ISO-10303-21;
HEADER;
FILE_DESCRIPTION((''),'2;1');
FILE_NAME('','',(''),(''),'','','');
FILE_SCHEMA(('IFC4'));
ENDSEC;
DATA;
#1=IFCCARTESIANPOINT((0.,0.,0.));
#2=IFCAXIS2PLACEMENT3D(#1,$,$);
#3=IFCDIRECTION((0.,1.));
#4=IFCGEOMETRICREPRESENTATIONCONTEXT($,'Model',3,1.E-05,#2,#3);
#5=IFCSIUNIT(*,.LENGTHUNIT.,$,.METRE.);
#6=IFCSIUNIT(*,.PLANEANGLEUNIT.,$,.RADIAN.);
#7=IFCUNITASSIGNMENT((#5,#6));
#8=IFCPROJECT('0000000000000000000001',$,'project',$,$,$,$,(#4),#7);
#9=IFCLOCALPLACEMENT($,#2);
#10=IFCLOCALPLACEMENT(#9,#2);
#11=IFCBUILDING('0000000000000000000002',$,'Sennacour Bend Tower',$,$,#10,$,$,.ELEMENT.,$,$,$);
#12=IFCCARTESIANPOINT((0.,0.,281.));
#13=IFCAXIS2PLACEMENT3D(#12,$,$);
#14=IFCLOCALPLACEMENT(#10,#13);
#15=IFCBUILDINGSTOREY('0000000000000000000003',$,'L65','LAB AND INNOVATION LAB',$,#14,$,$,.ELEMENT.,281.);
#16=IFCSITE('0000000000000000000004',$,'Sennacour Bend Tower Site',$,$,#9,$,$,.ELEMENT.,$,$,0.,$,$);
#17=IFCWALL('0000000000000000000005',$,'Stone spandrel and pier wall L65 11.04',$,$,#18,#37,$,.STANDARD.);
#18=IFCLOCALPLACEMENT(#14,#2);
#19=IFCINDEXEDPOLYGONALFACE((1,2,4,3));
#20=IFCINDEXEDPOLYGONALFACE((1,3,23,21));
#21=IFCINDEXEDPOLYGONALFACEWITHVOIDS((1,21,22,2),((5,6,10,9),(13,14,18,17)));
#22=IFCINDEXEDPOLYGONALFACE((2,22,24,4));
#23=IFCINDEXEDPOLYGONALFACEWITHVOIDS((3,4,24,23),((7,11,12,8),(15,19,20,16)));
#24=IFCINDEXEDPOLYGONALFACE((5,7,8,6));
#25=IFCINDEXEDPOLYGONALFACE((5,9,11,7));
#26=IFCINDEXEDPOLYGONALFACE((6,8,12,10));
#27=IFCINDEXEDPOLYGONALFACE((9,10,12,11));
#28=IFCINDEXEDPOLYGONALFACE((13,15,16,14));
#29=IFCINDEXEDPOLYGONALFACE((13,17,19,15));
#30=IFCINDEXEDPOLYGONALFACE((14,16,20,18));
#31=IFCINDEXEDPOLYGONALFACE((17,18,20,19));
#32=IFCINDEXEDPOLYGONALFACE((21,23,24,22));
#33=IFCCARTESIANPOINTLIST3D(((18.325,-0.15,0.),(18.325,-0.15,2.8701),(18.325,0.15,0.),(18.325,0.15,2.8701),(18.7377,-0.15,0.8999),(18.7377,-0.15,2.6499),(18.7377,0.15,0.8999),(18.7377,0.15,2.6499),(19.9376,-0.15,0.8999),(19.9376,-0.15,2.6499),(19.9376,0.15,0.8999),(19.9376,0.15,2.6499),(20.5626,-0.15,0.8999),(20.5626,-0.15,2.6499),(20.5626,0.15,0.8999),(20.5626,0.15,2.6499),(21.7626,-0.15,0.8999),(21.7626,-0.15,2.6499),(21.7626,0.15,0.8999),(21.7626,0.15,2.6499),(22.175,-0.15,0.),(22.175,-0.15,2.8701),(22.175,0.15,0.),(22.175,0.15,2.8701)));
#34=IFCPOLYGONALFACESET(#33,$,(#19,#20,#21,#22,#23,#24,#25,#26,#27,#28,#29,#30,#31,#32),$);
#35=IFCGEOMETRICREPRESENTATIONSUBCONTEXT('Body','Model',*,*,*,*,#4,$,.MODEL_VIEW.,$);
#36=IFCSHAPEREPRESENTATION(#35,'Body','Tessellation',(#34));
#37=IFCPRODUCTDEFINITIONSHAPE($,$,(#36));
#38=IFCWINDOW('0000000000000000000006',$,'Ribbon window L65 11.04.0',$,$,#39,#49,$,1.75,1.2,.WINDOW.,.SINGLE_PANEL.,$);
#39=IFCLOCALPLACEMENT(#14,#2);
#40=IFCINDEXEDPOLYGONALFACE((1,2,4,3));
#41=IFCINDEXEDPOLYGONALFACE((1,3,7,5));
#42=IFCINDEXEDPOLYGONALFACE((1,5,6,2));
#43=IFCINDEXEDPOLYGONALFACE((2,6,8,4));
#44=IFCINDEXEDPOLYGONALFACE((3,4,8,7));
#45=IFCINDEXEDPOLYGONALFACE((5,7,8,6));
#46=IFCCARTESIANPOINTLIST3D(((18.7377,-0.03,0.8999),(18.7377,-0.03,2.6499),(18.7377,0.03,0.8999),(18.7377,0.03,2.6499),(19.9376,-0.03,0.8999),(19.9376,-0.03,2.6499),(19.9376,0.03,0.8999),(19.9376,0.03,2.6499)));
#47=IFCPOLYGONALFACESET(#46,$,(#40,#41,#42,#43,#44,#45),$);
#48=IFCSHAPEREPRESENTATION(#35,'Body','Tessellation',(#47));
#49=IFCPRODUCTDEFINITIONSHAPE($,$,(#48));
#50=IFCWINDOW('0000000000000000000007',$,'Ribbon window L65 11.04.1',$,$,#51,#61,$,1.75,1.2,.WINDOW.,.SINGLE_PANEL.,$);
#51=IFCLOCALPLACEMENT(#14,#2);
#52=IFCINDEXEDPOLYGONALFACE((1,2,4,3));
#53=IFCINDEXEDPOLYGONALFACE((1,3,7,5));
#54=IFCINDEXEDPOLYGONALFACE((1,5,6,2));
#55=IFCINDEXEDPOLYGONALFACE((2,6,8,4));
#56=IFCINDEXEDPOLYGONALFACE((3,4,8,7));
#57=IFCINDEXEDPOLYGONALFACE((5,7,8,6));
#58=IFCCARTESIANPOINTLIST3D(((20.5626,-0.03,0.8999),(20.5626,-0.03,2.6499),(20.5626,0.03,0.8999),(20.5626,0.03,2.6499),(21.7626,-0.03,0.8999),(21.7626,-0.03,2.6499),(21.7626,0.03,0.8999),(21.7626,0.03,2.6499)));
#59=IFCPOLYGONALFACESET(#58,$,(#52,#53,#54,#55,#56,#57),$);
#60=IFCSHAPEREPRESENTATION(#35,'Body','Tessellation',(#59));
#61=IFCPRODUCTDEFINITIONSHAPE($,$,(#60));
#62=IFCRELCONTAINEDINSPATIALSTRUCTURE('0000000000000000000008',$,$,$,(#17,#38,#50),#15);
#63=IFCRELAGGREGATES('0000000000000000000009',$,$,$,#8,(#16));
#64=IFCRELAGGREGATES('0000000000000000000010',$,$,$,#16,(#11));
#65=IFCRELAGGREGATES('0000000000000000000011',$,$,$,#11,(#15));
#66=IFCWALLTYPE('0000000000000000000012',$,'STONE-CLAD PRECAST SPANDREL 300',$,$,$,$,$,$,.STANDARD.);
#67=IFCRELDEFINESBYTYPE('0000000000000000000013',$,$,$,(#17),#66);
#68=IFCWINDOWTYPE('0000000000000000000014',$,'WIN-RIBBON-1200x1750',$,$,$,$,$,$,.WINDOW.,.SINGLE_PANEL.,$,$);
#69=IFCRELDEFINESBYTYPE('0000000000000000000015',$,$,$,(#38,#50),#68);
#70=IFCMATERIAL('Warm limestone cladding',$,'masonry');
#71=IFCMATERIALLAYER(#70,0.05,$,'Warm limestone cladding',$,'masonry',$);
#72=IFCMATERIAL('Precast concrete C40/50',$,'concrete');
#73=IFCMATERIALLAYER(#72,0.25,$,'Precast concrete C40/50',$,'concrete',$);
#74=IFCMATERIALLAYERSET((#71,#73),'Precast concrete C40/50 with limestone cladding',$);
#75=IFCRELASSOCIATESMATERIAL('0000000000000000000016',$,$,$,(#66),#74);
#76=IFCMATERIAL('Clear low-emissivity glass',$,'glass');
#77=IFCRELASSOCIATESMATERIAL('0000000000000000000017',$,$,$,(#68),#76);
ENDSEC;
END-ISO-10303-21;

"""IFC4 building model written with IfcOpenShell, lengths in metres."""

from ifc_helpers import new_model, si_unit, direction, frame, frame_2d, origin, place, context, subcontext, project, spatial, rectangle, extrude, material, layer, layer_set, type_object, element, fill, save


model = new_model("IFC4")

# Units and contexts
model_context = context("Model", 3, precision=1e-05, world=origin(), true_north=direction((0.0, 1.0)))
body_context = subcontext(model_context, "Body", "Model", "MODEL_VIEW")
ifc_project = project(units=[si_unit("LENGTHUNIT", "METRE"), si_unit("PLANEANGLEUNIT", "RADIAN")], contexts=[model_context])

# Site, building, storey
site_placement = place(None, origin())
site = spatial("IfcSite", under=ifc_project, at=site_placement, Name="Sennacour Bend Tower Site", CompositionType="ELEMENT", RefElevation=0.0)
building_placement = place(site_placement, origin())
building = spatial("IfcBuilding", under=site, at=building_placement, Name="Sennacour Bend Tower", CompositionType="ELEMENT")
storey_placement = place(building_placement, frame((0.0, 0.0, 281.0)))
storey = spatial("IfcBuildingStorey", under=building, at=storey_placement, Name="L65", Description="LAB AND INNOVATION LAB", CompositionType="ELEMENT", Elevation=281.0)

# Wall, openings, windows
ifc_material_1 = material(Name="Warm limestone cladding", Category="masonry")
ifc_layer_1 = layer(ifc_material_1, 0.05, Name="Warm limestone cladding", Category="masonry")
ifc_material_2 = material(Name="Precast concrete C40/50", Category="concrete")
ifc_layer_2 = layer(ifc_material_2, 0.25, Name="Precast concrete C40/50", Category="concrete")
ifc_layer_set_1 = layer_set([ifc_layer_1, ifc_layer_2], Name="Precast concrete C40/50 with limestone cladding")
wall_type_1 = type_object("IfcWallType", Name="STONE-CLAD PRECAST SPANDREL 300", PredefinedType="STANDARD", material=ifc_layer_set_1)
ifc_material_3 = material(Name="Clear low-emissivity glass", Category="glass")
window_type = type_object("IfcWindowType", Name="WIN-RIBBON-1200x1750", PartitioningType="SINGLE_PANEL", PredefinedType="WINDOW", material=ifc_material_3)
wall_1_placement = place(storey_placement, frame((18.325, 0.0, 0.0), z_axis=(0.0, 0.0, 1.0), x_axis=(1.0, 0.0, 0.0)))
wall_1 = element("IfcWall", 1, at=wall_1_placement, inside=storey, type_object=wall_type_1, Name="Stone spandrel and pier wall L65 11.04", PredefinedType="STANDARD", context=body_context, shape_type="SweptSolid", body=[
    extrude(rectangle(XDim=3.8501, YDim=0.3, at=frame_2d((1.925, 0.0))), origin(), (0.0, 0.0, 1.0), 2.8701),
])
opening_1_placement = place(wall_1_placement, frame((0.4126, 0.0, 0.8999)))
opening_1 = element("IfcOpeningElement", 2, at=opening_1_placement, cuts=wall_1, PredefinedType="OPENING", context=body_context, shape_type="SweptSolid", body=[
    extrude(rectangle(XDim=1.2, YDim=1.75, at=frame_2d((0.6001, 0.875))), frame((0.0, 0.1602, 0.0), z_axis=(0.0, -1.0, 0.0), x_axis=(1.0, 0.0, 0.0)), (0.0, 0.0, 1.0), 0.3201),
])
opening_2_placement = place(wall_1_placement, frame((2.2375, 0.0, 0.8999)))
opening_2 = element("IfcOpeningElement", 3, at=opening_2_placement, cuts=wall_1, PredefinedType="OPENING", context=body_context, shape_type="SweptSolid", body=[
    extrude(rectangle(XDim=1.2, YDim=1.75, at=frame_2d((0.6001, 0.875))), frame((0.0, 0.1602, 0.0), z_axis=(0.0, -1.0, 0.0), x_axis=(1.0, 0.0, 0.0)), (0.0, 0.0, 1.0), 0.3201),
])
window_1_placement = place(opening_1_placement, origin())
window_1 = element("IfcWindow", 4, at=window_1_placement, inside=storey, type_object=window_type, Name="Ribbon window L65 11.04.0", OverallHeight=1.75, OverallWidth=1.2, PartitioningType="SINGLE_PANEL", PredefinedType="WINDOW", context=body_context, shape_type="SweptSolid", body=[
    extrude(rectangle(XDim=1.2, YDim=1.75, at=frame_2d((0.6001, 0.875))), frame((0.0, 0.03, 0.0), z_axis=(0.0, -1.0, 0.0), x_axis=(1.0, 0.0, 0.0)), (0.0, 0.0, 1.0), 0.0601),
])
fill(opening_1, window_1)
window_2_placement = place(opening_2_placement, origin())
window_2 = element("IfcWindow", 5, at=window_2_placement, inside=storey, type_object=window_type, Name="Ribbon window L65 11.04.1", OverallHeight=1.75, OverallWidth=1.2, PartitioningType="SINGLE_PANEL", PredefinedType="WINDOW", context=body_context, shape_type="SweptSolid", body=[
    extrude(rectangle(XDim=1.2, YDim=1.75, at=frame_2d((0.6001, 0.875))), frame((0.0, 0.03, 0.0), z_axis=(0.0, -1.0, 0.0), x_axis=(1.0, 0.0, 0.0)), (0.0, 0.0, 1.0), 0.0601),
])
fill(opening_2, window_2)

save(model, "model.ifc")
